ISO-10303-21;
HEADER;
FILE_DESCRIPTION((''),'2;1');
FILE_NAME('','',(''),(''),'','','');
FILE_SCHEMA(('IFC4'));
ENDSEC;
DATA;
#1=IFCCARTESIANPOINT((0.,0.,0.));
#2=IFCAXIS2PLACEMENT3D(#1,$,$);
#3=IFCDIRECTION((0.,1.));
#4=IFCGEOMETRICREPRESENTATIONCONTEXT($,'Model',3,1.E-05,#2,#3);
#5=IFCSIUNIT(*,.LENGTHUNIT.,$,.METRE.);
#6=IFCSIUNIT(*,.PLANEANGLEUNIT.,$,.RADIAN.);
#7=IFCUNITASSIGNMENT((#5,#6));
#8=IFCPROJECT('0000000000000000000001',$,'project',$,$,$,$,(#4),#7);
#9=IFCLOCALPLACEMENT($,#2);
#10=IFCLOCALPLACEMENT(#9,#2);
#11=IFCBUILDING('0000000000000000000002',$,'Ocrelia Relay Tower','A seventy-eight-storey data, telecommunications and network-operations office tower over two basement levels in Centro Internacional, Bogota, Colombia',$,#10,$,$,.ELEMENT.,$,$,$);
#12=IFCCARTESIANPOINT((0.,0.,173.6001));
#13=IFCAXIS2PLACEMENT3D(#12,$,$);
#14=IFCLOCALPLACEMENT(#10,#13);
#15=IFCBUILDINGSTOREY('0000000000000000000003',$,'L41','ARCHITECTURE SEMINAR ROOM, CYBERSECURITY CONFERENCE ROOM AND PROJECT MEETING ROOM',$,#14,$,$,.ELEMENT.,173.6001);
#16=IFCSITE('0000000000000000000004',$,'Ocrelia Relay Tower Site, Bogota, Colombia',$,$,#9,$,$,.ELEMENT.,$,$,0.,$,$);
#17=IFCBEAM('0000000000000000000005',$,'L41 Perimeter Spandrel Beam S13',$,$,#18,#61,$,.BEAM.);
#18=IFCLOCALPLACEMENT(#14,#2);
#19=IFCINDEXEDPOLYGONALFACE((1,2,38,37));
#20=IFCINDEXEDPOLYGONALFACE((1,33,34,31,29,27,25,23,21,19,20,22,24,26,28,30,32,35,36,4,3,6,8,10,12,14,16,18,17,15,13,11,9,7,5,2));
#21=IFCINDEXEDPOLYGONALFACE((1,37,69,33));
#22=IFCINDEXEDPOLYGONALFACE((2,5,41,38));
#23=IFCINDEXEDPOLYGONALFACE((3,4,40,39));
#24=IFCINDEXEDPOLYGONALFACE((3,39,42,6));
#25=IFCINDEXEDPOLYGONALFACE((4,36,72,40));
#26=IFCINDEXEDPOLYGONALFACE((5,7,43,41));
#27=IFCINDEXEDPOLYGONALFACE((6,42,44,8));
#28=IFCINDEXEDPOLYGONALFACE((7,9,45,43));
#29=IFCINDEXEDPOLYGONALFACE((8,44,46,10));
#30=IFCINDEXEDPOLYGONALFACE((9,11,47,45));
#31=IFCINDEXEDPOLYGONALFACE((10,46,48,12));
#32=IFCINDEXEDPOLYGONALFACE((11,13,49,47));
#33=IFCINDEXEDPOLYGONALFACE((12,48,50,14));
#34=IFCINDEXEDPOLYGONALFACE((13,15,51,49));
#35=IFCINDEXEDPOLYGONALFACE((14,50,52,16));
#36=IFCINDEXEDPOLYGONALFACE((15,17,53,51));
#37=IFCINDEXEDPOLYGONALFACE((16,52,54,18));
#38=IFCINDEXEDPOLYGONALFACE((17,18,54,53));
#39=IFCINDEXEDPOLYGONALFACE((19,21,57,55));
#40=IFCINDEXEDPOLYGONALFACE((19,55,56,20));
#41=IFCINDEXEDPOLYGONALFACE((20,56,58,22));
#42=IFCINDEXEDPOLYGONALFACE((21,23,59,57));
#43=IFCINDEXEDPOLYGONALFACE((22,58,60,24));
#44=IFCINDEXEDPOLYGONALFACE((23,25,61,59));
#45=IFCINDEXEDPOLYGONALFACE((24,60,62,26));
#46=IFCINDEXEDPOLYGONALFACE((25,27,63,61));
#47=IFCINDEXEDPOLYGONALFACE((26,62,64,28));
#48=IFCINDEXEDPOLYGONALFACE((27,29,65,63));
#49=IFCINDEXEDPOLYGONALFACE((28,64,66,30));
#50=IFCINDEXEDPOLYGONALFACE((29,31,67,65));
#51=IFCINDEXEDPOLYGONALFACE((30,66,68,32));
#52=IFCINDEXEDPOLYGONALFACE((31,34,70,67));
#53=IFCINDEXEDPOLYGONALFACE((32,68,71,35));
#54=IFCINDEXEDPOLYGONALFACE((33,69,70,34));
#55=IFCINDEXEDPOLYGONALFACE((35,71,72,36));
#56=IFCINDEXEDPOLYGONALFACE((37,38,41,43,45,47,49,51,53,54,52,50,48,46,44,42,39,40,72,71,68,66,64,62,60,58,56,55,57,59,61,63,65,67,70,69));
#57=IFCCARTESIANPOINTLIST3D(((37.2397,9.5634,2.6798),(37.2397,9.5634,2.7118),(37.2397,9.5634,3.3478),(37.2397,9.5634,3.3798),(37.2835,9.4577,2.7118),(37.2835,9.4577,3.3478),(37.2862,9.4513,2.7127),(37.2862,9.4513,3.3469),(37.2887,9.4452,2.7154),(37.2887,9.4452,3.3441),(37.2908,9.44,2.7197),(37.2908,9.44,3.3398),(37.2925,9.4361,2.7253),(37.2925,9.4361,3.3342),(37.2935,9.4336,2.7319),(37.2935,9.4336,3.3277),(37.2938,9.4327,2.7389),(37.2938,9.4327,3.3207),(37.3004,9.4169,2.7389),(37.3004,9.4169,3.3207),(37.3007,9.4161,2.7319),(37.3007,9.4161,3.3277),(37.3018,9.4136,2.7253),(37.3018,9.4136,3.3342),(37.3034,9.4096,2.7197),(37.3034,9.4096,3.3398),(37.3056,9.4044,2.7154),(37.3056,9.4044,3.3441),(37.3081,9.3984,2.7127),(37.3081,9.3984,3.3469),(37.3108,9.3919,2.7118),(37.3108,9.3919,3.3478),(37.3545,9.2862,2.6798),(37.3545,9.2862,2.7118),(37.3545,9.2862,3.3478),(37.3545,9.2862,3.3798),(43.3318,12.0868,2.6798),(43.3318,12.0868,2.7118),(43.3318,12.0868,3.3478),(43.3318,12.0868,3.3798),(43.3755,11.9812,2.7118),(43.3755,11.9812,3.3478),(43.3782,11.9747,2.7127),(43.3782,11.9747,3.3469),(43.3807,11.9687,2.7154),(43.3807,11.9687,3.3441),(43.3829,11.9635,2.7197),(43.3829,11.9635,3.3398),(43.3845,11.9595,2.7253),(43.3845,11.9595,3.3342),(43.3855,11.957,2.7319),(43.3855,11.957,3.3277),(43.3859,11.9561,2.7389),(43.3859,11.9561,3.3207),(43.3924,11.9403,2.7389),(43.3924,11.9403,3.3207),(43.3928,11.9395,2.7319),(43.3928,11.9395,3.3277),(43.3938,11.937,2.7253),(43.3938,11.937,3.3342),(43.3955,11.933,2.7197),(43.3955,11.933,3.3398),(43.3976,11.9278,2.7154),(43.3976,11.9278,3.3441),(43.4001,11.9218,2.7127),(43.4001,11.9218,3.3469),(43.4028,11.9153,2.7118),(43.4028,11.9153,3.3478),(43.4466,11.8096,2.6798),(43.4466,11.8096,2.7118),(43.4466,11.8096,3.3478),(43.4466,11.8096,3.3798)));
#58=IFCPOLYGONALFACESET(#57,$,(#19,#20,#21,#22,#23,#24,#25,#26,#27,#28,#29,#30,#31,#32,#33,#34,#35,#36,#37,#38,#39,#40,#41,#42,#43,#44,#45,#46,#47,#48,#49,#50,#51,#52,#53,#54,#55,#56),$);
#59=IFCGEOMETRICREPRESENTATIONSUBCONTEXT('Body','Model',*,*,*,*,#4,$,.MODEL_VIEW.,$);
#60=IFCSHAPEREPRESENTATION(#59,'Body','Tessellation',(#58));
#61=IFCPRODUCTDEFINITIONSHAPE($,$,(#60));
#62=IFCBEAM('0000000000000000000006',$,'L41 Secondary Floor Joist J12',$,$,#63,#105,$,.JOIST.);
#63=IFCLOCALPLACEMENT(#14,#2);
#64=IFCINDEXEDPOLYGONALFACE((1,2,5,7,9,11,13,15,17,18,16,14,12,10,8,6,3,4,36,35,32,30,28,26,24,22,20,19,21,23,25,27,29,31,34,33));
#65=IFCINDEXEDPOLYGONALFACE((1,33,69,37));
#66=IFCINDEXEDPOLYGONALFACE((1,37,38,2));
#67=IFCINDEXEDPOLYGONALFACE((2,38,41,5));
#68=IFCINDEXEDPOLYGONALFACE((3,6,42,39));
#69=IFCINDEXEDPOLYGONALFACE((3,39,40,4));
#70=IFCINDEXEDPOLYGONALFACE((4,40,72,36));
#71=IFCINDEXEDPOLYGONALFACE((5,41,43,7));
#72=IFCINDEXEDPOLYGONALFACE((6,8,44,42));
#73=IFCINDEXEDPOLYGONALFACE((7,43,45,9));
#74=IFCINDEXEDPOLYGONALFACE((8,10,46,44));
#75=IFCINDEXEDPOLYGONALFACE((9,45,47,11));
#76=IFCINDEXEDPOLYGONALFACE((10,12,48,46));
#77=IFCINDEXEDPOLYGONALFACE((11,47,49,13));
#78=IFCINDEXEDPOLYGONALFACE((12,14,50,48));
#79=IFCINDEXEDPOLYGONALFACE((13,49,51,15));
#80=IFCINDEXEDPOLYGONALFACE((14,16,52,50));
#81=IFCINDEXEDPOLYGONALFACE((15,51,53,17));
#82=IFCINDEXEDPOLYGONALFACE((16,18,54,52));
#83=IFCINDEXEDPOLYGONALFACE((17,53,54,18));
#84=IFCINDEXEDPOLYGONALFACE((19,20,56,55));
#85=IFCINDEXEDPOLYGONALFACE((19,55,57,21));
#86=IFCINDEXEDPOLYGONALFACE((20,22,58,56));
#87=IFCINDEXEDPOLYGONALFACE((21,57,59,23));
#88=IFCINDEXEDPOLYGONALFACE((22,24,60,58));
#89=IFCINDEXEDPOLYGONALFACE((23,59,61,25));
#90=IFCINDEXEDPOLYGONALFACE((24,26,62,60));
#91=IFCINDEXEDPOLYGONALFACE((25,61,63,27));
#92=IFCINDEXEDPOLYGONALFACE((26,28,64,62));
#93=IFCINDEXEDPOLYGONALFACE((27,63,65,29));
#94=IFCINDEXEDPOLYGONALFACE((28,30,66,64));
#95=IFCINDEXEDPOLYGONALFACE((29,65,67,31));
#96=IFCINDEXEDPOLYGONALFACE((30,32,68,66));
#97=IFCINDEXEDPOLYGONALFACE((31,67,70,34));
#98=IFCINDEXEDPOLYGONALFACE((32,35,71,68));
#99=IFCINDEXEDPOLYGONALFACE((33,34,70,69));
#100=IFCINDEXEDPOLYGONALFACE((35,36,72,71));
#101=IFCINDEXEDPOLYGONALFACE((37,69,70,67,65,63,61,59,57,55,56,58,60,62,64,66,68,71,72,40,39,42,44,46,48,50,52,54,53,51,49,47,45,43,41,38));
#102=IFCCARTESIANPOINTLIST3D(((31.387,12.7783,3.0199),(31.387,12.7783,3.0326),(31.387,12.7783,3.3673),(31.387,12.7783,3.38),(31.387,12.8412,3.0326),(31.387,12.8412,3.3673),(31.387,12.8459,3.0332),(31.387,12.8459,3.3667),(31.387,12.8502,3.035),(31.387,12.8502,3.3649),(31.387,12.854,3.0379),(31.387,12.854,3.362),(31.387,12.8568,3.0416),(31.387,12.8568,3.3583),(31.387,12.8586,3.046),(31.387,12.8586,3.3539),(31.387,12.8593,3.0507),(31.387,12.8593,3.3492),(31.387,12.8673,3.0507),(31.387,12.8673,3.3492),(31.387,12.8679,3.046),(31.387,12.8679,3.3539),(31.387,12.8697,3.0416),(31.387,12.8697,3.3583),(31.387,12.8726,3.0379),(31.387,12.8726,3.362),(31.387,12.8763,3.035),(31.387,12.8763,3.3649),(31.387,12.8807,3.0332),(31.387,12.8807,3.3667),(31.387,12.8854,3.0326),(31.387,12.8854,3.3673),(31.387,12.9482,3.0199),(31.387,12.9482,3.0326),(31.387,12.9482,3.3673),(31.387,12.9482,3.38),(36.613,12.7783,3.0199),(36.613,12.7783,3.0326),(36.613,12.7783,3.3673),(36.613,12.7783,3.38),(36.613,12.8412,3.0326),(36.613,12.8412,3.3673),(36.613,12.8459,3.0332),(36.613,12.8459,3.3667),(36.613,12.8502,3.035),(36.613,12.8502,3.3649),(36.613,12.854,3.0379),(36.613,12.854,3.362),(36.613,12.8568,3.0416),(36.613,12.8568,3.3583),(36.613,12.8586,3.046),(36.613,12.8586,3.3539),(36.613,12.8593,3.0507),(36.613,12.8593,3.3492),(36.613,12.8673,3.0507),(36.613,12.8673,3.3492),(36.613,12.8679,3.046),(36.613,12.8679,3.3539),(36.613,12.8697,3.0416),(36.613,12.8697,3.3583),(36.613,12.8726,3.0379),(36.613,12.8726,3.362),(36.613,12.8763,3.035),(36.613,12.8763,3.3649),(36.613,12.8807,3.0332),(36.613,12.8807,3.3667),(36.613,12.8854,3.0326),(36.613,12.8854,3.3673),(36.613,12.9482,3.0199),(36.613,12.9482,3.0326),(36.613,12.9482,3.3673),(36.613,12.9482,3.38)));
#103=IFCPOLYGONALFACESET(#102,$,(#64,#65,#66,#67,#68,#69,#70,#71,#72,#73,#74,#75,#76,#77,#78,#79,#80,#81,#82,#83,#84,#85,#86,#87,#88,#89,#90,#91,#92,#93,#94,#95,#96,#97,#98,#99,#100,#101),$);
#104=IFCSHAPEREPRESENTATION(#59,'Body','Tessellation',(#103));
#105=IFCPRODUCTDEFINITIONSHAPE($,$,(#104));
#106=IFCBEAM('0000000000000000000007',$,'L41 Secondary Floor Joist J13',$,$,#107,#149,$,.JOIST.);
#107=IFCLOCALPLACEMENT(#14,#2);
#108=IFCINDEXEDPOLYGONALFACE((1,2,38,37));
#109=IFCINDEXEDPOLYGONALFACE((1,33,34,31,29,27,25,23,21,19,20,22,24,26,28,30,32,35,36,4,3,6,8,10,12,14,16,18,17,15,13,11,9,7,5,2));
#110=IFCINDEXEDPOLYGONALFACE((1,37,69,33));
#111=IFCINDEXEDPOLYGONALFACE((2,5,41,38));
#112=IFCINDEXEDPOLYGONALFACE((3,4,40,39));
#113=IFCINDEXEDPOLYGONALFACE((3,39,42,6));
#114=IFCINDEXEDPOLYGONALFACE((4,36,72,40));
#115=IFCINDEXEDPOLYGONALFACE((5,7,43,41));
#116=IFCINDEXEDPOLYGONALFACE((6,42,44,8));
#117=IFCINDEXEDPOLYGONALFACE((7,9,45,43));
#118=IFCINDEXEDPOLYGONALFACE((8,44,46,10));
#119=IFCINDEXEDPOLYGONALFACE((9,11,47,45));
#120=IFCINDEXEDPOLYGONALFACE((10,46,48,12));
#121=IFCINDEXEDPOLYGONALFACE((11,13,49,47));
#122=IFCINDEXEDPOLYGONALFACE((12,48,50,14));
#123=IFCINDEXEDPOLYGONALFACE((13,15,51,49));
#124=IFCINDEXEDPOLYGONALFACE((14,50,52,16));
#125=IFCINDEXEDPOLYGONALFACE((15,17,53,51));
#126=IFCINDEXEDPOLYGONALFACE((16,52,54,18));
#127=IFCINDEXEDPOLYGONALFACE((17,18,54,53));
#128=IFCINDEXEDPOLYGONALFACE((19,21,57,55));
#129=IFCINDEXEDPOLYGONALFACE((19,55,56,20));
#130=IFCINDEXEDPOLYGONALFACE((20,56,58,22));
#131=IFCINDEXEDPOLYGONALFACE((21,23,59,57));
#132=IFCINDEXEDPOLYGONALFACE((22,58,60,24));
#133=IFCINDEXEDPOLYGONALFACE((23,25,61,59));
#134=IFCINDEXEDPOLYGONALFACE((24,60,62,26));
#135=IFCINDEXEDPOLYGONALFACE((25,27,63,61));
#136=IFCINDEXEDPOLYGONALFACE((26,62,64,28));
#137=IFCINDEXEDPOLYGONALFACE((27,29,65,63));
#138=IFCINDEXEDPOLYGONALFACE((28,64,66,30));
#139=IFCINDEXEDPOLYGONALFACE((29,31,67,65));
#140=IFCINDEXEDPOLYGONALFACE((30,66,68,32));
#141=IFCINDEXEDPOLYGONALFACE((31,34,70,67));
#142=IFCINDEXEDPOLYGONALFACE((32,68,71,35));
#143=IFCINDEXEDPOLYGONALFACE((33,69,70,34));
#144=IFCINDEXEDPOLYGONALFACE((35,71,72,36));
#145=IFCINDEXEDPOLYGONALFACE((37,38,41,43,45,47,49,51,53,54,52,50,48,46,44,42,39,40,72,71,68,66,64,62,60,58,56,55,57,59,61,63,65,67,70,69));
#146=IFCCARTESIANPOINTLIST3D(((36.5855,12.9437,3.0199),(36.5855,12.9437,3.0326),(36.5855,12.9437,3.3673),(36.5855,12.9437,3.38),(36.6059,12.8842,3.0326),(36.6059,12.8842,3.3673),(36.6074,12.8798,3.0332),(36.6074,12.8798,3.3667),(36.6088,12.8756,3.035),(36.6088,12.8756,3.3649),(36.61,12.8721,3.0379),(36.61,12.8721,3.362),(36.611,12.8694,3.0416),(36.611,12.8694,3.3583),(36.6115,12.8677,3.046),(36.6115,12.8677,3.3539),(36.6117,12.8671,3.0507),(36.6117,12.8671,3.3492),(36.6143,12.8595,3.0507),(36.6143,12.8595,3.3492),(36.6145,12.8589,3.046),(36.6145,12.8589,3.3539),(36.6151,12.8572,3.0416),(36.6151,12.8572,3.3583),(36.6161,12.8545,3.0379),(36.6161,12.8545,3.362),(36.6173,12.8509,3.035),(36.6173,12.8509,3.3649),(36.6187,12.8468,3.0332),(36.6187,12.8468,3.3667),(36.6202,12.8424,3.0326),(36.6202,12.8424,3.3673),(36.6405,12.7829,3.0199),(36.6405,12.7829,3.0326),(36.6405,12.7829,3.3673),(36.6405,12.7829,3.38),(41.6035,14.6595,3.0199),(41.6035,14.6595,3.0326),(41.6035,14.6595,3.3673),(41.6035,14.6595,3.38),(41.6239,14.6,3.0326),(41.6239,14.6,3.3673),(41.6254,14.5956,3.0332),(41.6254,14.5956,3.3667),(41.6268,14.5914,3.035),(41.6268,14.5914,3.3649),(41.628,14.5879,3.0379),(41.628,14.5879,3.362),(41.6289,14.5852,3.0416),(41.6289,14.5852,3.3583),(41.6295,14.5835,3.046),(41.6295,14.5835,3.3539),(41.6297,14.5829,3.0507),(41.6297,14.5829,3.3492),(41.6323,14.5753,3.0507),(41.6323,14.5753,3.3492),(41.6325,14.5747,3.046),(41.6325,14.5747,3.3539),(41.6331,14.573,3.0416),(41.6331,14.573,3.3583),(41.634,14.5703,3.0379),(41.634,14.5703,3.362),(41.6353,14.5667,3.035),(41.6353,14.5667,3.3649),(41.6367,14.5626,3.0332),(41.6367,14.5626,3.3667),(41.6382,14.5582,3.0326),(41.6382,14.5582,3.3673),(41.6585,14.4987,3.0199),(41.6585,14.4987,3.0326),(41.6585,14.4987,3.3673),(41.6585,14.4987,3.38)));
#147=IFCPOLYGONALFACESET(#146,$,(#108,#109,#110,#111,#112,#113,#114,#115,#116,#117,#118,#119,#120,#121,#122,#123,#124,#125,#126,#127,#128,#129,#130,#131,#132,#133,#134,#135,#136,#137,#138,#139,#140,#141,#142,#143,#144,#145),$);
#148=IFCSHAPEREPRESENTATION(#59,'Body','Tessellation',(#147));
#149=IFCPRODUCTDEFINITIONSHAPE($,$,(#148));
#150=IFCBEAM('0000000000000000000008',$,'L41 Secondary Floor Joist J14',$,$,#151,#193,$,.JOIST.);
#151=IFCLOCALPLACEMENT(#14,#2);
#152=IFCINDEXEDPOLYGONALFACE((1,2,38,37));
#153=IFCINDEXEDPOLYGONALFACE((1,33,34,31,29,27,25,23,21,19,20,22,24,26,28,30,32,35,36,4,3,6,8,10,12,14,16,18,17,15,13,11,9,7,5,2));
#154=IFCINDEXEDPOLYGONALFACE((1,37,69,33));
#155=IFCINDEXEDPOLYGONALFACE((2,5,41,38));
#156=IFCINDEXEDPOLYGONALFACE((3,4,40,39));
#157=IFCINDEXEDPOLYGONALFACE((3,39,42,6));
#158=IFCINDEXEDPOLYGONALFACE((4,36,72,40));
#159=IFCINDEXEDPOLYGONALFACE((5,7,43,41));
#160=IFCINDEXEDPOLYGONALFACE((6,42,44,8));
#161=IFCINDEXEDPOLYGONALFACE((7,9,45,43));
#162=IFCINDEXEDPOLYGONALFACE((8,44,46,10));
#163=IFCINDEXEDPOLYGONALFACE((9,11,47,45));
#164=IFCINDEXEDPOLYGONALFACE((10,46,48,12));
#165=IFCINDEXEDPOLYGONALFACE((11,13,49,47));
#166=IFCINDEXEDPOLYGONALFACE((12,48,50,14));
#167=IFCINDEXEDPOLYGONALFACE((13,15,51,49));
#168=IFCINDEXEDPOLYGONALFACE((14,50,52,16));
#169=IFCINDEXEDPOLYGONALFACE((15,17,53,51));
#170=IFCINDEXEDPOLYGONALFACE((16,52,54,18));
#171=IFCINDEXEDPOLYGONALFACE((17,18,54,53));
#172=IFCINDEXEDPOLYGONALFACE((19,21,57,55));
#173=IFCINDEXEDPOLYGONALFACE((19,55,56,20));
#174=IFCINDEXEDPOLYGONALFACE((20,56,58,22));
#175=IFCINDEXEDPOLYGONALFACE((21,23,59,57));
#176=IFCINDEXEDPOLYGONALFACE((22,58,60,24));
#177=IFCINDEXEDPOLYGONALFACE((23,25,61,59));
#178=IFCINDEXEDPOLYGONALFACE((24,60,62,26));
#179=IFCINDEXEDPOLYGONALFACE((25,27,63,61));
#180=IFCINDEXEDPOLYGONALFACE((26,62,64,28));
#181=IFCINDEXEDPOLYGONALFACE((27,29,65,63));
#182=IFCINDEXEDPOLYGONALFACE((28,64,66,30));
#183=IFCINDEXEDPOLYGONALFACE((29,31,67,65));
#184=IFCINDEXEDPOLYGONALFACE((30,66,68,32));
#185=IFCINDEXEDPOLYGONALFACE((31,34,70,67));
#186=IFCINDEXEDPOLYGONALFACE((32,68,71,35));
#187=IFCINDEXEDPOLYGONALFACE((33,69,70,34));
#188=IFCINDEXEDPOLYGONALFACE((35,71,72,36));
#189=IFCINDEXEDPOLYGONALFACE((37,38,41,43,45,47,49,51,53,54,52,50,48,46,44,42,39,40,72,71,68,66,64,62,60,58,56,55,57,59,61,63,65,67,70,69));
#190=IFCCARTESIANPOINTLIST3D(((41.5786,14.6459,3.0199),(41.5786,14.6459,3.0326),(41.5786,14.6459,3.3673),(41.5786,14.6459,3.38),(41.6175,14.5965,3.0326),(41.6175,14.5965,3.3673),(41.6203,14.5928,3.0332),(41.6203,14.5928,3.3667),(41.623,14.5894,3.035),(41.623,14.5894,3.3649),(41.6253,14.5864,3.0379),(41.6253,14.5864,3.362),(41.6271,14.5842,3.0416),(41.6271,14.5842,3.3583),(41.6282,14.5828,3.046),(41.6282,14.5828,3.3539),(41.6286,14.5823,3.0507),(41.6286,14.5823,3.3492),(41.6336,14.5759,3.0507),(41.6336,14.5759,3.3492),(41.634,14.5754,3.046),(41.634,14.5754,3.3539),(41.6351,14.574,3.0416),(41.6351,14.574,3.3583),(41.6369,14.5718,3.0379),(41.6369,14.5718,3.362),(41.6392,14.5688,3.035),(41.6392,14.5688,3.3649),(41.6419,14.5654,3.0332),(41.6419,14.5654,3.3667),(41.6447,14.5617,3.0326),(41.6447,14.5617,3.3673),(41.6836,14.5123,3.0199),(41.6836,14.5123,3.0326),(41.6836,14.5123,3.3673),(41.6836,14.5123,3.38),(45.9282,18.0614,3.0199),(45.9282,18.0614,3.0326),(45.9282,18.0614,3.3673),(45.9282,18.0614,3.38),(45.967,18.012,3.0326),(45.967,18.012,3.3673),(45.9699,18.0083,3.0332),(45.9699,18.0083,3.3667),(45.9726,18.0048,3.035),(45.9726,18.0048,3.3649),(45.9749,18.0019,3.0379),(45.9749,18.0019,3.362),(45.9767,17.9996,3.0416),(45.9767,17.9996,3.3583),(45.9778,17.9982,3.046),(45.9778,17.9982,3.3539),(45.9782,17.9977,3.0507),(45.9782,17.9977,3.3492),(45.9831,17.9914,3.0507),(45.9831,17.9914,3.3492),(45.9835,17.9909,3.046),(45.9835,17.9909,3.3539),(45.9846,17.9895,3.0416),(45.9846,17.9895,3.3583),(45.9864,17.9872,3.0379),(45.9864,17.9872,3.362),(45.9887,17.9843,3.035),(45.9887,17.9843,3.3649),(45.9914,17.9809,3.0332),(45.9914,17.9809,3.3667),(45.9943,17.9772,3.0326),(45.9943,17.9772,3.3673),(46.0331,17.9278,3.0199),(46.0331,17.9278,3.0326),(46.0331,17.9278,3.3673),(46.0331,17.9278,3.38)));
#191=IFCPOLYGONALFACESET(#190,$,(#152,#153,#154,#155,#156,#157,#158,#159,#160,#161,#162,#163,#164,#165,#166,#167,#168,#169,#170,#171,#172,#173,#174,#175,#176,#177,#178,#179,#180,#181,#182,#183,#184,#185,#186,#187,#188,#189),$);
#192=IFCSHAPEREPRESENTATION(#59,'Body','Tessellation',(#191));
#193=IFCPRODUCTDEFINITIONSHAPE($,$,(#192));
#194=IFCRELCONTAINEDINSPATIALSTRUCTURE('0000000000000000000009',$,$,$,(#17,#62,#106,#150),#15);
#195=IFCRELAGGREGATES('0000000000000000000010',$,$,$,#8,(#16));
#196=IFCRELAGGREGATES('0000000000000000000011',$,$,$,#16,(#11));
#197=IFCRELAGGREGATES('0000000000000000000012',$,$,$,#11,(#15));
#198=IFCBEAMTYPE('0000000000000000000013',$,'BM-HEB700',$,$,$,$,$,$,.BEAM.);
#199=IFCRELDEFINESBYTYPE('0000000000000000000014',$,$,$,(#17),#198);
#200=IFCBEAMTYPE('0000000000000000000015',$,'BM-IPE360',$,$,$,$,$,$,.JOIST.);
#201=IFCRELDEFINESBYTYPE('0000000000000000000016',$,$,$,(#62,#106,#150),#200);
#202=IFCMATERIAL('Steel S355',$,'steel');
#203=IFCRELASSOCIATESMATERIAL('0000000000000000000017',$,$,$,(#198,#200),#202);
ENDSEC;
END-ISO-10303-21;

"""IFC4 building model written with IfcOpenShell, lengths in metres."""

from ifc_helpers import new_model, si_unit, direction, frame, origin, origin_2d, place, context, subcontext, project, spatial, i_section, extrude, material, material_profile, profile_set, type_object, element, save


model = new_model("IFC4")

# Units and contexts
model_context = context("Model", 3, precision=1e-05, world=origin(), true_north=direction((0.0, 1.0)))
body_context = subcontext(model_context, "Body", "Model", "MODEL_VIEW")
ifc_project = project(units=[si_unit("LENGTHUNIT", "METRE"), si_unit("PLANEANGLEUNIT", "RADIAN")], contexts=[model_context])

# Site, building, storey
site_placement = place(None, origin())
site = spatial("IfcSite", under=ifc_project, at=site_placement, Name="Ocrelia Relay Tower Site, Bogota, Colombia", CompositionType="ELEMENT", RefElevation=0.0)
building_placement = place(site_placement, origin())
building = spatial("IfcBuilding", under=site, at=building_placement, Name="Ocrelia Relay Tower", Description="A seventy-eight-storey data, telecommunications and network-operations office tower over two basement levels in Centro Internacional, Bogota, Colombia", CompositionType="ELEMENT")
storey_placement = place(building_placement, frame((0.0, 0.0, 173.6001)))
storey = spatial("IfcBuildingStorey", under=building, at=storey_placement, Name="L41", Description="ARCHITECTURE SEMINAR ROOM, CYBERSECURITY CONFERENCE ROOM AND PROJECT MEETING ROOM", CompositionType="ELEMENT", Elevation=173.6001)

# Beams
ifc_material_1 = material(Name="Steel S355", Category="steel")
ifc_material_profile_1 = material_profile(ifc_material_1, i_section(OverallWidth=0.3, OverallDepth=0.7, WebThickness=0.0171, FlangeThickness=0.032, FilletRadius=0.0271, at=origin_2d()), Name="HEB 700")
ifc_profile_set_1 = profile_set([ifc_material_profile_1], Name="Steel S355")
beam_type_1 = type_object("IfcBeamType", Name="BM-HEB700", PredefinedType="BEAM", material=ifc_profile_set_1)
beam_1_placement = place(storey_placement, frame((37.2971, 9.4248, 3.0298), z_axis=(0.923878, 0.382688, 0.0), x_axis=(-0.382688, 0.923878, 0.0)))
element("IfcBeam", 1, at=beam_1_placement, inside=storey, type_object=beam_type_1, Name="L41 Perimeter Spandrel Beam S13", PredefinedType="BEAM", context=body_context, shape_type="SweptSolid", body=[
    extrude(i_section(OverallWidth=0.3, OverallDepth=0.7, WebThickness=0.0171, FlangeThickness=0.032, FilletRadius=0.0271, at=origin_2d()), origin(), (0.0, 0.0, 1.0), 6.594),
])
ifc_material_profile_2 = material_profile(ifc_material_1, i_section(OverallWidth=0.1699, OverallDepth=0.3601, WebThickness=0.0081, FlangeThickness=0.0127, FilletRadius=0.0181, at=origin_2d()), Name="IPE 360")
ifc_profile_set_2 = profile_set([ifc_material_profile_2], Name="Steel S355")
beam_type_2 = type_object("IfcBeamType", Name="BM-IPE360", PredefinedType="JOIST", material=ifc_profile_set_2)
beam_2_placement = place(storey_placement, frame((31.387, 12.8633, 3.2), z_axis=(1.0, 0.0, 0.0), x_axis=(0.0, 1.0, 0.0)))
element("IfcBeam", 2, at=beam_2_placement, inside=storey, type_object=beam_type_2, Name="L41 Secondary Floor Joist J12", PredefinedType="JOIST", context=body_context, shape_type="SweptSolid", body=[
    extrude(i_section(OverallWidth=0.1699, OverallDepth=0.3601, WebThickness=0.0081, FlangeThickness=0.0127, FilletRadius=0.0181, at=origin_2d()), origin(), (0.0, 0.0, 1.0), 5.2261),
])
beam_3_placement = place(storey_placement, frame((36.613, 12.8633, 3.2), z_axis=(0.946215, 0.323538, 0.0), x_axis=(-0.323538, 0.946215, 0.0)))
element("IfcBeam", 3, at=beam_3_placement, inside=storey, type_object=beam_type_2, Name="L41 Secondary Floor Joist J13", PredefinedType="JOIST", context=body_context, shape_type="SweptSolid", body=[
    extrude(i_section(OverallWidth=0.1699, OverallDepth=0.3601, WebThickness=0.0081, FlangeThickness=0.0127, FilletRadius=0.0181, at=origin_2d()), origin(), (0.0, 0.0, 1.0), 5.3032),
])
beam_4_placement = place(storey_placement, frame((41.6311, 14.5791, 3.2), z_axis=(0.786496, 0.617595, 0.0), x_axis=(-0.617595, 0.786496, 0.0)))
element("IfcBeam", 4, at=beam_4_placement, inside=storey, type_object=beam_type_2, Name="L41 Secondary Floor Joist J14", PredefinedType="JOIST", context=body_context, shape_type="SweptSolid", body=[
    extrude(i_section(OverallWidth=0.1699, OverallDepth=0.3601, WebThickness=0.0081, FlangeThickness=0.0127, FilletRadius=0.0181, at=origin_2d()), origin(), (0.0, 0.0, 1.0), 5.5303),
])

save(model, "model.ifc")
